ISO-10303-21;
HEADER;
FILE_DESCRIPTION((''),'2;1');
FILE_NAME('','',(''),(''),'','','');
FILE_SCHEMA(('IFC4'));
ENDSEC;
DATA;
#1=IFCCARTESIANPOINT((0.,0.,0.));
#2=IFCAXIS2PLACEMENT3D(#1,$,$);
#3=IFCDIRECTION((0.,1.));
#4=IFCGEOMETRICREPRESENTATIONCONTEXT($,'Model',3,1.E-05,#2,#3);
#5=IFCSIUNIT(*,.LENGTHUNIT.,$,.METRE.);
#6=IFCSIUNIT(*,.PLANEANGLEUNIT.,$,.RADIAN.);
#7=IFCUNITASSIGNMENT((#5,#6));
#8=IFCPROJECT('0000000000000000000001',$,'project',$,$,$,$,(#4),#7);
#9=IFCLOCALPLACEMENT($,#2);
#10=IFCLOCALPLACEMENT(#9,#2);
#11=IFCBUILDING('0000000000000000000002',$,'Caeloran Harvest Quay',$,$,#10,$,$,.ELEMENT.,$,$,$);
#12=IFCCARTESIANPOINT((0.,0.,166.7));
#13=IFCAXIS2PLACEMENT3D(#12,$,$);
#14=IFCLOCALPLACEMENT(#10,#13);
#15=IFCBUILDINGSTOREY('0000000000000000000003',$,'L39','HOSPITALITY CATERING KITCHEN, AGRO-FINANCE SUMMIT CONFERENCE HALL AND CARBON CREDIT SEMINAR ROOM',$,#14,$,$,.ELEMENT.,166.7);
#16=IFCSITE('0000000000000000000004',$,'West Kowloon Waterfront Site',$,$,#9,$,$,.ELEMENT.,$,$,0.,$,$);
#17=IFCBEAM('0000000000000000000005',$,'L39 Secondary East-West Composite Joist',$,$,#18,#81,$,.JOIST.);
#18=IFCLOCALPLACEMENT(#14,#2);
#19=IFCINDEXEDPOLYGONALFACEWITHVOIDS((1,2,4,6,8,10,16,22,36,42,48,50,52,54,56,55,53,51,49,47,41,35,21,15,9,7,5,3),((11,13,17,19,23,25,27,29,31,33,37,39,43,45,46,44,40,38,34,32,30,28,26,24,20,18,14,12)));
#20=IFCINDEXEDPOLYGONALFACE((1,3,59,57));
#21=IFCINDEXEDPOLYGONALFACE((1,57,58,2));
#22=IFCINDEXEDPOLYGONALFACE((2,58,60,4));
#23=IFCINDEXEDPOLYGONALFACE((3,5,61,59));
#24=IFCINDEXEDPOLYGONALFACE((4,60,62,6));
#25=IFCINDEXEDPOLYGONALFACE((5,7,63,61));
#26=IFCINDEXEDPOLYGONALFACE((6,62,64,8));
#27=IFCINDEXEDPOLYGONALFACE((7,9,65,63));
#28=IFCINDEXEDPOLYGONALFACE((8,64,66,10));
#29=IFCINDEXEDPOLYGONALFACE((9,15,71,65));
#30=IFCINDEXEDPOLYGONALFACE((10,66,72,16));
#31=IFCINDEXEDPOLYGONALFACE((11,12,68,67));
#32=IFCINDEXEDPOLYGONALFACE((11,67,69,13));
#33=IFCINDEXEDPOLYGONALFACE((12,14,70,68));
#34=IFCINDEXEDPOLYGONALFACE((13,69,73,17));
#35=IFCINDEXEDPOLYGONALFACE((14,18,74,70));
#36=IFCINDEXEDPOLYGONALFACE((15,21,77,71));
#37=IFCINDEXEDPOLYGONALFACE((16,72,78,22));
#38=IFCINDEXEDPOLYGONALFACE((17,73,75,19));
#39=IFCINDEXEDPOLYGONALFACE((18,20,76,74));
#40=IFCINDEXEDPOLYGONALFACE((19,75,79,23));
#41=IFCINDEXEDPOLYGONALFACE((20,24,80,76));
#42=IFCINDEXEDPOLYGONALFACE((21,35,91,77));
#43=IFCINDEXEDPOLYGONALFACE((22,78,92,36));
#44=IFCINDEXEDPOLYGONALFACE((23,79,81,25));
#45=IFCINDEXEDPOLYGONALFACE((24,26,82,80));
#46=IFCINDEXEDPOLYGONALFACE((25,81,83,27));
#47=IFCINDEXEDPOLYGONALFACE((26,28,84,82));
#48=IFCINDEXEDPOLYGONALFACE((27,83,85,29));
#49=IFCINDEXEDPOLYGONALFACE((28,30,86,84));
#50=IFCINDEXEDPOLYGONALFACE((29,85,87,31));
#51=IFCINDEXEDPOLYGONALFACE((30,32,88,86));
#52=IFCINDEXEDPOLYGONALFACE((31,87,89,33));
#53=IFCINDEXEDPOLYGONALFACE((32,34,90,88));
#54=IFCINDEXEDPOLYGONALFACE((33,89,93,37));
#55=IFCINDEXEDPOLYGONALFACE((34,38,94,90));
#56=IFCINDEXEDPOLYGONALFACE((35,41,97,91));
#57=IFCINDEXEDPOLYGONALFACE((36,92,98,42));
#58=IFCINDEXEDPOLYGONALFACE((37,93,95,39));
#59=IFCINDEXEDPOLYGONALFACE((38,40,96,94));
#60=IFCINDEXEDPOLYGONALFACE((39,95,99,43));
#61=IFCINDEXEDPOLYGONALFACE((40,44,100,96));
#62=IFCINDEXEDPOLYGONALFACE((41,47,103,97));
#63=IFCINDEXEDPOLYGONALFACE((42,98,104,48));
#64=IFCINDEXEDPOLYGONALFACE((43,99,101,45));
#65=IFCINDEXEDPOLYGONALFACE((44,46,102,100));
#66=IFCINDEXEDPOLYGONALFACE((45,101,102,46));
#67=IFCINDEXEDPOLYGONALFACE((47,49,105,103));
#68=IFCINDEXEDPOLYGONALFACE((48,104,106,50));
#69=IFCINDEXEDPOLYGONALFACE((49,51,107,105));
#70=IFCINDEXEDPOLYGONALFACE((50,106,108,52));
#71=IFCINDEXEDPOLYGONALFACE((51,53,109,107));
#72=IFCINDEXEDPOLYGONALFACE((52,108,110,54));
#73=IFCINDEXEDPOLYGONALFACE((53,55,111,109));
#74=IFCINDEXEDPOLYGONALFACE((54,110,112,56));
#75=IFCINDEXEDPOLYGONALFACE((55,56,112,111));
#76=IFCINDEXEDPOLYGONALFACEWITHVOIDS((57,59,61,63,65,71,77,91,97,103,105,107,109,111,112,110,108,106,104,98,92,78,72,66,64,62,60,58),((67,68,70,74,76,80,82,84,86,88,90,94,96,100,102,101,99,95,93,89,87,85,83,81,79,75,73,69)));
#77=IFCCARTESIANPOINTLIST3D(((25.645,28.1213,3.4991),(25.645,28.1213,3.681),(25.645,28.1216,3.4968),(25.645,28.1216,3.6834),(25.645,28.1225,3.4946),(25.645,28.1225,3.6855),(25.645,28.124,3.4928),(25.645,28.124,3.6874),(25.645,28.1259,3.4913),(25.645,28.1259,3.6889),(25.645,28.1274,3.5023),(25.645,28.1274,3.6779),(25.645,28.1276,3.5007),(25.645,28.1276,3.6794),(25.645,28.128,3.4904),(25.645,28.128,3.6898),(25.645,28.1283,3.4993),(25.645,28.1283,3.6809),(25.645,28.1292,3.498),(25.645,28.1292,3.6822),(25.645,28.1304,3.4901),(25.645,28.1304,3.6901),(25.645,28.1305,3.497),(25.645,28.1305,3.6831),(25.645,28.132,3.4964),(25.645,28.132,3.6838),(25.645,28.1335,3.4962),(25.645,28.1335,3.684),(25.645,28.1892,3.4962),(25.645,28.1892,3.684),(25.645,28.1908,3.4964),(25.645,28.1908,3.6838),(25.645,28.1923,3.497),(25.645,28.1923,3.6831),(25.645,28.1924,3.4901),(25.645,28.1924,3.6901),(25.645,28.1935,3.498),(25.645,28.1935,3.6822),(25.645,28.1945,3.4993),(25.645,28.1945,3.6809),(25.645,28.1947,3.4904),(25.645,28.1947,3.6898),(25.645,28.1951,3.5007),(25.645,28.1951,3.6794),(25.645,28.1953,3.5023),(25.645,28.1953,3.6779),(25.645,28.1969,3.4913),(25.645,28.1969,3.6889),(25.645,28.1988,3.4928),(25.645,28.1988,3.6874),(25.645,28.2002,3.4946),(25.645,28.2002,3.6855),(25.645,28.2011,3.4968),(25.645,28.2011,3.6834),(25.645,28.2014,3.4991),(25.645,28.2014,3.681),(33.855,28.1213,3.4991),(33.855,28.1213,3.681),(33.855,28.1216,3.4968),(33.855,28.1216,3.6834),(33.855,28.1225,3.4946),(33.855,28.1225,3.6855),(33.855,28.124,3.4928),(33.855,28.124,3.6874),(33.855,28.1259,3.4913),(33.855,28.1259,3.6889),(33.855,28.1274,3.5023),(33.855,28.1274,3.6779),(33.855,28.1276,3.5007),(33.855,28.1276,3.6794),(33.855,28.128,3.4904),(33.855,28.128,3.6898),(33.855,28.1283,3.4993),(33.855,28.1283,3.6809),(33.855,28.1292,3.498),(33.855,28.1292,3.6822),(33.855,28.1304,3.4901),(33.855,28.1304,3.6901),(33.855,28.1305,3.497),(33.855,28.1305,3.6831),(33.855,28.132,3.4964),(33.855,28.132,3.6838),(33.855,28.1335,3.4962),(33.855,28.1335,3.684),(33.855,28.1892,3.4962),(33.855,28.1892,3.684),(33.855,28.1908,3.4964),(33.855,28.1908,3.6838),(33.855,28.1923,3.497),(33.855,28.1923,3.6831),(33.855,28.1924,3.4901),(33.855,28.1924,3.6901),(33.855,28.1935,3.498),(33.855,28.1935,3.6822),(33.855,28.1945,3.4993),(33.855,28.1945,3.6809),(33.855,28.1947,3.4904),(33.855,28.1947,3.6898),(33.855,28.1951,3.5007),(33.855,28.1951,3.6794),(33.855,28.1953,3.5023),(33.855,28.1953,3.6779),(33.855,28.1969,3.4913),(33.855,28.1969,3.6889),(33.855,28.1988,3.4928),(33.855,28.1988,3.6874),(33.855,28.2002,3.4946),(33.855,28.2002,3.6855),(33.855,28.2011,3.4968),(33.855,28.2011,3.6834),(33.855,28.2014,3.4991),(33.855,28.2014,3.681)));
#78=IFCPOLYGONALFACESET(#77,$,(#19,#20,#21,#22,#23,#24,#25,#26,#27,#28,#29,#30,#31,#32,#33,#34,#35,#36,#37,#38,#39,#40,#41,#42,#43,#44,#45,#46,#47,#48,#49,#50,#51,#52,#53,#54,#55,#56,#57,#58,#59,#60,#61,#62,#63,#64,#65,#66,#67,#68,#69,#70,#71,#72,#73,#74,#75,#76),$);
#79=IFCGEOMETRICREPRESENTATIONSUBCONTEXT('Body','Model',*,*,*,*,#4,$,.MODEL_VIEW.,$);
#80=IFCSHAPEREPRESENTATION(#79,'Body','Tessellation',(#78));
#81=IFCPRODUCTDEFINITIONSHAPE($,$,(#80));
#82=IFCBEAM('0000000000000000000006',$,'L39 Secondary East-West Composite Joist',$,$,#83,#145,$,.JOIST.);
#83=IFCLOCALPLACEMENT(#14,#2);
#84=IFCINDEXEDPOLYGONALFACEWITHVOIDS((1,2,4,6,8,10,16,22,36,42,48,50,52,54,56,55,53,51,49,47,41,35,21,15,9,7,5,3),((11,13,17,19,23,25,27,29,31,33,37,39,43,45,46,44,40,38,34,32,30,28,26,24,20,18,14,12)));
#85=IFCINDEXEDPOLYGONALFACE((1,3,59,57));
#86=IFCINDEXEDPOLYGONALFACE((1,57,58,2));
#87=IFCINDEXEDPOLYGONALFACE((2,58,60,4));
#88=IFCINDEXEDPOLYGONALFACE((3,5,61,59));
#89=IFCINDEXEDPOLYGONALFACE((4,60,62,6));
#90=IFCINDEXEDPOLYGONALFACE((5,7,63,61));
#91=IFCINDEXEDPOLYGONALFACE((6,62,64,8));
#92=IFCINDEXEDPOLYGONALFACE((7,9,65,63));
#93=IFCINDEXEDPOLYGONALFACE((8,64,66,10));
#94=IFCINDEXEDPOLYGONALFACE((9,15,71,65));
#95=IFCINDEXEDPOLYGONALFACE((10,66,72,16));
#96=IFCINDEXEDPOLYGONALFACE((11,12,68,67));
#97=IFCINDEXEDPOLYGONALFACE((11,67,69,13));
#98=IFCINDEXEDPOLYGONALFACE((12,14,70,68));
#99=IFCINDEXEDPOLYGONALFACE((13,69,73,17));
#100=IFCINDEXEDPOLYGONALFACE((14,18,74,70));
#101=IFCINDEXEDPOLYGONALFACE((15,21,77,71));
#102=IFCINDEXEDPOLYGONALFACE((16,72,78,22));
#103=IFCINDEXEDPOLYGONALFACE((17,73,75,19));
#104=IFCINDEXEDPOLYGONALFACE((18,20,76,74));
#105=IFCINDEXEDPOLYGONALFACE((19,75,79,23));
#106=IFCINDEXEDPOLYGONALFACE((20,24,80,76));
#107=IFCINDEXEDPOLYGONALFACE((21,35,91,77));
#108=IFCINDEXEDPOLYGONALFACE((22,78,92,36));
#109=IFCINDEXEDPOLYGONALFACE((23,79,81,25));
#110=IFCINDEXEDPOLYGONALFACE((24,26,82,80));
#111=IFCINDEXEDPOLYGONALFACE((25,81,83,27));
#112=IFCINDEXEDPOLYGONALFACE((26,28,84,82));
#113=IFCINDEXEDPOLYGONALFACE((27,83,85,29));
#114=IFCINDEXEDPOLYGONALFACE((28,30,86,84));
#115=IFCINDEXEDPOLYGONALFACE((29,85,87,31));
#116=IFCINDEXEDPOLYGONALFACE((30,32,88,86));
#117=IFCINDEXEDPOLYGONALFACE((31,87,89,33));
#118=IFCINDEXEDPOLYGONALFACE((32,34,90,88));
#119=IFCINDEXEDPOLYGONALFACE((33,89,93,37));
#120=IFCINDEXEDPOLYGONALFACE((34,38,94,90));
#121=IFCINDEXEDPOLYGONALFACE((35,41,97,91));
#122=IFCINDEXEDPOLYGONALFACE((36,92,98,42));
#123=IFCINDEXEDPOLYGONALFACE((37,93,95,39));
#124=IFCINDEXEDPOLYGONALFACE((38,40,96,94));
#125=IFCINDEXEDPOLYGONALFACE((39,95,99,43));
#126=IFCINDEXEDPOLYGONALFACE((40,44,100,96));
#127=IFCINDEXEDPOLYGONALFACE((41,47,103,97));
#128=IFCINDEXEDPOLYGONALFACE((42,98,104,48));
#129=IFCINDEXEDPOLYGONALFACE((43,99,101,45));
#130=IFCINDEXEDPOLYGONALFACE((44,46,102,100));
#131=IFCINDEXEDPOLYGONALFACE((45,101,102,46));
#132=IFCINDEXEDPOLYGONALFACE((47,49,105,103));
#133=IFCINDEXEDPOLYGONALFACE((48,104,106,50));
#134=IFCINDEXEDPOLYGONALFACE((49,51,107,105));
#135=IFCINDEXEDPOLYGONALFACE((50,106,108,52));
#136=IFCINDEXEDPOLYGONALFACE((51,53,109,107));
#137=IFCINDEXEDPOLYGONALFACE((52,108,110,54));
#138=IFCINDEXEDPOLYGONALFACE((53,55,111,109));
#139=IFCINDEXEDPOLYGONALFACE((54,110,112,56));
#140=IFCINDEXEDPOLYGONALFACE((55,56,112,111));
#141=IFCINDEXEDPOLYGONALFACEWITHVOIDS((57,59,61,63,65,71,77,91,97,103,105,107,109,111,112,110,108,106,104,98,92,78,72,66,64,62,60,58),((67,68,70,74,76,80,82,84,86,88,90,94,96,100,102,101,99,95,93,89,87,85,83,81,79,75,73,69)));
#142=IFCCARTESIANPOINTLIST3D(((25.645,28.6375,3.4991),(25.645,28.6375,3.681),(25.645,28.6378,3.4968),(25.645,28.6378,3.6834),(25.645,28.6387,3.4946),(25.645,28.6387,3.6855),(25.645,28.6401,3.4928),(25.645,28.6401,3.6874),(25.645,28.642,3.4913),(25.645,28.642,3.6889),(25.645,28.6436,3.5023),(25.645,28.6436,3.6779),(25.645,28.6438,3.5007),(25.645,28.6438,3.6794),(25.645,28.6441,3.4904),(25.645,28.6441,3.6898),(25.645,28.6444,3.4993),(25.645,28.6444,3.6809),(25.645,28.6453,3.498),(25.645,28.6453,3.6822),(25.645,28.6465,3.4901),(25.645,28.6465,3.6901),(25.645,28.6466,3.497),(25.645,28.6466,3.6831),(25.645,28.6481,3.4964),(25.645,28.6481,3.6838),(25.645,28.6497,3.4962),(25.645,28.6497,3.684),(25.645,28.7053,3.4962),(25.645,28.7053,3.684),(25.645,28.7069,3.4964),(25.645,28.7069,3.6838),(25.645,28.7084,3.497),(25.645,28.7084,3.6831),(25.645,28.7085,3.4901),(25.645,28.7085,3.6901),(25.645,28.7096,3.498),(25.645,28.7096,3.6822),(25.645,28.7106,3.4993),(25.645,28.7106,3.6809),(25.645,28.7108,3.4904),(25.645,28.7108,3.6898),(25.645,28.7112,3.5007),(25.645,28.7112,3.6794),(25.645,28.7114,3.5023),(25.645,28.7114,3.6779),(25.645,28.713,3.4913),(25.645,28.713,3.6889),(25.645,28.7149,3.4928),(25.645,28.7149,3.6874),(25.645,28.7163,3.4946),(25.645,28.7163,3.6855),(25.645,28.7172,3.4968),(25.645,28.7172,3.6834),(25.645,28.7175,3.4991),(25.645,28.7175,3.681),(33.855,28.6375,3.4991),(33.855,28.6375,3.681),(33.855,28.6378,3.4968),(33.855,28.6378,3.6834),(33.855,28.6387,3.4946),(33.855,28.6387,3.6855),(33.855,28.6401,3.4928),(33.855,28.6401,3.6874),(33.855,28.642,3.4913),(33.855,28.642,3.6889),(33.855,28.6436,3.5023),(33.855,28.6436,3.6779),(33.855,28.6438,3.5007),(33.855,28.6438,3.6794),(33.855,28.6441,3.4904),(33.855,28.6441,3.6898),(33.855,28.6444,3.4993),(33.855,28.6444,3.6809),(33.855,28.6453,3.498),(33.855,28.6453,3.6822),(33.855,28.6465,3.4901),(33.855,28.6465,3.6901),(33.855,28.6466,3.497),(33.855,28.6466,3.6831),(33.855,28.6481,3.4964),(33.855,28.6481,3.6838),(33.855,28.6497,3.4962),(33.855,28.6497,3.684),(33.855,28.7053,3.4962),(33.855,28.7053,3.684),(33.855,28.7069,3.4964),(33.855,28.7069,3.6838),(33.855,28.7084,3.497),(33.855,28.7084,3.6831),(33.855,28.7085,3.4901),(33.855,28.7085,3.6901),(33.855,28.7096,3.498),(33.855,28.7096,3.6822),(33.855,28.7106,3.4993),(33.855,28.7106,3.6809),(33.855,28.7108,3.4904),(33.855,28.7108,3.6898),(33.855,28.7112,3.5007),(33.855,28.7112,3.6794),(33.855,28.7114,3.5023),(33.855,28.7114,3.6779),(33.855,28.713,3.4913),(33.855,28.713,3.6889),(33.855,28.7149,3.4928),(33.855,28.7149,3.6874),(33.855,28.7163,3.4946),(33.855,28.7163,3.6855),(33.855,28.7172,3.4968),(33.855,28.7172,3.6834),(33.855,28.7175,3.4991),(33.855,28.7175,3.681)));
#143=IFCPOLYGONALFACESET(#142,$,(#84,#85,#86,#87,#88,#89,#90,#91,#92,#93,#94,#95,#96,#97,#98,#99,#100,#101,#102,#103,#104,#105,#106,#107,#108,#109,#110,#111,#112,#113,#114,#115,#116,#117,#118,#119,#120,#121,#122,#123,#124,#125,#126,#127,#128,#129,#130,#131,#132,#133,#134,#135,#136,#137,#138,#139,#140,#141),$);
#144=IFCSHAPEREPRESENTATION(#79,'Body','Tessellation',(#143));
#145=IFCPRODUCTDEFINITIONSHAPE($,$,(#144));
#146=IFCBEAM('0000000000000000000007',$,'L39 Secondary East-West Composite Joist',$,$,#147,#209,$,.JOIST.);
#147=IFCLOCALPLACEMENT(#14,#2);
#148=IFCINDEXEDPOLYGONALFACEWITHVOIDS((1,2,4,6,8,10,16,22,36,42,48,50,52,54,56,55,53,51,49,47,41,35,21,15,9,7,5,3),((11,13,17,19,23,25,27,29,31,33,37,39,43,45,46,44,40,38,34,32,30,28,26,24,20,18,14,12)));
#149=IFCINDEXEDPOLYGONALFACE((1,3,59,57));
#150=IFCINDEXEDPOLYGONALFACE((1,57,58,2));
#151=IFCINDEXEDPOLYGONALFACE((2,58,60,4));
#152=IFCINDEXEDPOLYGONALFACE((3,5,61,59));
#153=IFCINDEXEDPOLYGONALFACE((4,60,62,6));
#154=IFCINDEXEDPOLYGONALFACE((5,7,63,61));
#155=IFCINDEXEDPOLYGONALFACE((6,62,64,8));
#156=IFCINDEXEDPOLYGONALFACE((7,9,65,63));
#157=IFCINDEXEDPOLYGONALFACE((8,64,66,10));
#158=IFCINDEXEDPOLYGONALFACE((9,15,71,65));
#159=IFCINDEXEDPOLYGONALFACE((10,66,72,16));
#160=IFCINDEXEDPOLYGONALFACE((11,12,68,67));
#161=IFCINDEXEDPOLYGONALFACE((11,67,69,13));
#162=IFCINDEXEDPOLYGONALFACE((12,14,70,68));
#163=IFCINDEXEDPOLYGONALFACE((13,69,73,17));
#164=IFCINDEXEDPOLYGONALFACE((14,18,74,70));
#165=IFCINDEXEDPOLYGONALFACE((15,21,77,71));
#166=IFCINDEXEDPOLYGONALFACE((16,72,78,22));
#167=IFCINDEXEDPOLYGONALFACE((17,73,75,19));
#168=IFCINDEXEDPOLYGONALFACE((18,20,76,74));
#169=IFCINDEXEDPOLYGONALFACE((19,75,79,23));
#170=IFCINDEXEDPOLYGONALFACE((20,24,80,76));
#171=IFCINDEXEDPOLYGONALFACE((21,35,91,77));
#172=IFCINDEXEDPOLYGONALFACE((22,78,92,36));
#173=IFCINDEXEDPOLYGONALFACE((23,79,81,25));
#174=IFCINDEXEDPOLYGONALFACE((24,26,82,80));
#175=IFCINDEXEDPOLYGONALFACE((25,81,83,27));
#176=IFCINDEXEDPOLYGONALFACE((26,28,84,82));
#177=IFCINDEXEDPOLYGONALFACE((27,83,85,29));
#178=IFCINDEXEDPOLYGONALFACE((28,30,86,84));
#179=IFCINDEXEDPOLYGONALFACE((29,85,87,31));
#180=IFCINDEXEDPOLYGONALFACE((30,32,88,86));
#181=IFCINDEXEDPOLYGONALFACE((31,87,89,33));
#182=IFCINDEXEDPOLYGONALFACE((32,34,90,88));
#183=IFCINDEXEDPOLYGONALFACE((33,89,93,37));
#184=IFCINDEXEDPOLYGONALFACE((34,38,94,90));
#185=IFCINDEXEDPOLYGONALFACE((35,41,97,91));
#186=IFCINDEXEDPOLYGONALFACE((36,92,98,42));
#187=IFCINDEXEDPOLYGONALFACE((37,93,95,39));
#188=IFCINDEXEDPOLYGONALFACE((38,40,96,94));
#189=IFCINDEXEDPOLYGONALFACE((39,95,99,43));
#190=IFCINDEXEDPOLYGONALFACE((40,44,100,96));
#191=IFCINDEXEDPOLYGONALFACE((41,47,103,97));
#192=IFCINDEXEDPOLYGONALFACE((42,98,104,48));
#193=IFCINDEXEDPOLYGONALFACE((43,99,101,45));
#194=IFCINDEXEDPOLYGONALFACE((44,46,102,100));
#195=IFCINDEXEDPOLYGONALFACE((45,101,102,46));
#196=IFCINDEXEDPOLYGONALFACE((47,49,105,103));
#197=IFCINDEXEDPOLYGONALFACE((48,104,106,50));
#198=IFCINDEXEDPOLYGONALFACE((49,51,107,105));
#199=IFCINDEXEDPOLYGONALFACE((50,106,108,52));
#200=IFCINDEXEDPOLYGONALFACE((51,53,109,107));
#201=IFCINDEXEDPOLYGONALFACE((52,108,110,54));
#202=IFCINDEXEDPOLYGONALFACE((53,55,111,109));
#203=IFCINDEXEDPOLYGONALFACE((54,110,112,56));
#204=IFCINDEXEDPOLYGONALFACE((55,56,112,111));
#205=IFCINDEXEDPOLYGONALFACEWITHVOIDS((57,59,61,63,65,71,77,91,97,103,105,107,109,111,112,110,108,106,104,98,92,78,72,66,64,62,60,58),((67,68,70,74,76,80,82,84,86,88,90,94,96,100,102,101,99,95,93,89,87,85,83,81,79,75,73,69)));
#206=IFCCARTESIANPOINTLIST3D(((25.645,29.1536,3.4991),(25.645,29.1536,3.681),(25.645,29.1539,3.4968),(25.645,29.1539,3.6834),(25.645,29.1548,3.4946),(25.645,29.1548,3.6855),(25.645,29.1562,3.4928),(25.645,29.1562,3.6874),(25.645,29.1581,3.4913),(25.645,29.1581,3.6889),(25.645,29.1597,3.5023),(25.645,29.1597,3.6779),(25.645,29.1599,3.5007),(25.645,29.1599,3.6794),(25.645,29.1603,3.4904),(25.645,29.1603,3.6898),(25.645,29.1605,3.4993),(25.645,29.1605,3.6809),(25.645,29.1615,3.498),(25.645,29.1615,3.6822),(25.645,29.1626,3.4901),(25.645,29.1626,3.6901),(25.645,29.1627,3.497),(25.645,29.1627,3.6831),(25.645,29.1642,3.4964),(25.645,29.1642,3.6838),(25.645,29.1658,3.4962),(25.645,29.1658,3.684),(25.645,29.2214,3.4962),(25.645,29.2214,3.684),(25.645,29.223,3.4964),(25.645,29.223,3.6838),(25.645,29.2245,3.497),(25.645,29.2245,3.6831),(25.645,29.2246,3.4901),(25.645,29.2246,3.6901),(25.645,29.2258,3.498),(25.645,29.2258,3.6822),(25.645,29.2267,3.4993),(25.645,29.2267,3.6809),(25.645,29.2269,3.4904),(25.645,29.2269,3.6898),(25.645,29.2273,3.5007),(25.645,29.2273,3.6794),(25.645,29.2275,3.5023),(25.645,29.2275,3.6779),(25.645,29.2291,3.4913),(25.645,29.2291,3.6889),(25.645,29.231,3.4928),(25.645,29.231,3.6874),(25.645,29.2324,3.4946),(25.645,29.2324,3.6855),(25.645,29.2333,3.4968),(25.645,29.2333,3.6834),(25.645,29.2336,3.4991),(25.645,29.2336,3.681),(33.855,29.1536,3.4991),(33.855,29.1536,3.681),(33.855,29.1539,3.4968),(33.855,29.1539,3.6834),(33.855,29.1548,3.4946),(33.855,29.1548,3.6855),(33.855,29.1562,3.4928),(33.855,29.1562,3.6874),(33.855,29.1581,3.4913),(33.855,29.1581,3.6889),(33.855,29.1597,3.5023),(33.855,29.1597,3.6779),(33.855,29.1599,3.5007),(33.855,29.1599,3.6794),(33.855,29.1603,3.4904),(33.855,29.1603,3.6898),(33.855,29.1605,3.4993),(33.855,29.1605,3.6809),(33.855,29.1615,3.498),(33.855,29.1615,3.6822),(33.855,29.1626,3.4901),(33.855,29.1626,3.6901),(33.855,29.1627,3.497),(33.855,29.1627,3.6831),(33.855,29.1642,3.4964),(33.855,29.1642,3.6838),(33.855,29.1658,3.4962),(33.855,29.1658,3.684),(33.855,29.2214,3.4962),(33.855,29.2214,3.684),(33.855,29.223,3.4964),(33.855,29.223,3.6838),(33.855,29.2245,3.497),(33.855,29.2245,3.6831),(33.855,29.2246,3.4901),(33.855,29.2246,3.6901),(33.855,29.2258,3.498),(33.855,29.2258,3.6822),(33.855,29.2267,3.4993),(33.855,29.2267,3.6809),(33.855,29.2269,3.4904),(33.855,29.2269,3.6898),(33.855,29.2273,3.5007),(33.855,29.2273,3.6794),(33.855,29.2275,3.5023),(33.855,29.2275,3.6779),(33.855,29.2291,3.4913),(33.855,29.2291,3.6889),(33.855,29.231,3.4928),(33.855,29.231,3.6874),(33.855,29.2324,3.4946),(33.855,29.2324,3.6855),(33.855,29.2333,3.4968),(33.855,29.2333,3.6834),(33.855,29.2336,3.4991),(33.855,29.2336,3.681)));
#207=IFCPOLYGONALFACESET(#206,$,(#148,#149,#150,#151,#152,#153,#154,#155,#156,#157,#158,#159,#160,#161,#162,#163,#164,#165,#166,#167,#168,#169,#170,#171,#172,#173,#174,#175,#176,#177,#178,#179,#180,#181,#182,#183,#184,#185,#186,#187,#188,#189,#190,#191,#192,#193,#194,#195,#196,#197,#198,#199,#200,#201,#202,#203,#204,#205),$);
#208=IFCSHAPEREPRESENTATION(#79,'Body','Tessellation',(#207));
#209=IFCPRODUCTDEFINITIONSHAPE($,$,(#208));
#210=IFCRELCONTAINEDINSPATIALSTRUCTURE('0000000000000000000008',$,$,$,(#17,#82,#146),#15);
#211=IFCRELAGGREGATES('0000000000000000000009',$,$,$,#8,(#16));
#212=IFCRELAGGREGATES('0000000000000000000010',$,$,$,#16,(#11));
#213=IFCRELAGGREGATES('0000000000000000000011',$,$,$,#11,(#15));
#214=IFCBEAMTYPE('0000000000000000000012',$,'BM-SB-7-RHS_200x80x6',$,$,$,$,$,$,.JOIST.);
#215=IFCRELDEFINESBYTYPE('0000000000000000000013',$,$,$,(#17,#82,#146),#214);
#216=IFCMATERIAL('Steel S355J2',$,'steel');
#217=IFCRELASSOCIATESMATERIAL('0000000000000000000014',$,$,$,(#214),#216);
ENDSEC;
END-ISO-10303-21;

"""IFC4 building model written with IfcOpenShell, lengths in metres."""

from ifc_helpers import new_model, si_unit, direction, frame, origin, origin_2d, place, context, subcontext, project, spatial, hollow_rectangle, extrude, material, material_profile, profile_set, type_object, element, save


model = new_model("IFC4")

# Units and contexts
model_context = context("Model", 3, precision=1e-05, world=origin(), true_north=direction((0.0, 1.0)))
body_context = subcontext(model_context, "Body", "Model", "MODEL_VIEW")
ifc_project = project(units=[si_unit("LENGTHUNIT", "METRE"), si_unit("PLANEANGLEUNIT", "RADIAN")], contexts=[model_context])

# Site, building, storey
site_placement = place(None, origin())
site = spatial("IfcSite", under=ifc_project, at=site_placement, Name="West Kowloon Waterfront Site", CompositionType="ELEMENT", RefElevation=0.0)
building_placement = place(site_placement, origin())
building = spatial("IfcBuilding", under=site, at=building_placement, Name="Caeloran Harvest Quay", CompositionType="ELEMENT")
storey_placement = place(building_placement, frame((0.0, 0.0, 166.7)))
storey = spatial("IfcBuildingStorey", under=building, at=storey_placement, Name="L39", Description="HOSPITALITY CATERING KITCHEN, AGRO-FINANCE SUMMIT CONFERENCE HALL AND CARBON CREDIT SEMINAR ROOM", CompositionType="ELEMENT", Elevation=166.7)

# Beams
ifc_material_1 = material(Name="Steel S355J2", Category="steel")
ifc_material_profile_1 = material_profile(ifc_material_1, hollow_rectangle(XDim=0.0801, YDim=0.2, WallThickness=0.0061, InnerFilletRadius=0.0061, OuterFilletRadius=0.009, at=origin_2d()), Name="RHS 200x80x6")
ifc_profile_set_1 = profile_set([ifc_material_profile_1], Name="Steel S355J2")
beam_type_1 = type_object("IfcBeamType", Name="BM-SB-7-RHS_200x80x6", PredefinedType="JOIST", material=ifc_profile_set_1)
for number, where, z_axis, x_axis, name in (
    (1, (25.645, 28.1614, 3.5901), (1.0, 0.0, 0.0), (0.0, 1.0, 0.0), "L39 Secondary East-West Composite Joist"),
    (2, (25.645, 28.6775, 3.5901), (1.0, 0.0, 0.0), (0.0, 1.0, 0.0), "L39 Secondary East-West Composite Joist"),
    (3, (25.645, 29.1936, 3.5901), (1.0, 0.0, 0.0), (0.0, 1.0, 0.0), "L39 Secondary East-West Composite Joist"),
):
    element("IfcBeam", number, at=place(storey_placement, frame(where, z_axis=z_axis, x_axis=x_axis)), inside=storey, type_object=beam_type_1, Name=name, PredefinedType="JOIST", context=body_context, shape_type="SweptSolid", body=[
        extrude(hollow_rectangle(XDim=0.0801, YDim=0.2, WallThickness=0.0061, InnerFilletRadius=0.0061, OuterFilletRadius=0.009, at=origin_2d()), origin(), (0.0, 0.0, 1.0), 8.21),
    ])

save(model, "model.ifc")
